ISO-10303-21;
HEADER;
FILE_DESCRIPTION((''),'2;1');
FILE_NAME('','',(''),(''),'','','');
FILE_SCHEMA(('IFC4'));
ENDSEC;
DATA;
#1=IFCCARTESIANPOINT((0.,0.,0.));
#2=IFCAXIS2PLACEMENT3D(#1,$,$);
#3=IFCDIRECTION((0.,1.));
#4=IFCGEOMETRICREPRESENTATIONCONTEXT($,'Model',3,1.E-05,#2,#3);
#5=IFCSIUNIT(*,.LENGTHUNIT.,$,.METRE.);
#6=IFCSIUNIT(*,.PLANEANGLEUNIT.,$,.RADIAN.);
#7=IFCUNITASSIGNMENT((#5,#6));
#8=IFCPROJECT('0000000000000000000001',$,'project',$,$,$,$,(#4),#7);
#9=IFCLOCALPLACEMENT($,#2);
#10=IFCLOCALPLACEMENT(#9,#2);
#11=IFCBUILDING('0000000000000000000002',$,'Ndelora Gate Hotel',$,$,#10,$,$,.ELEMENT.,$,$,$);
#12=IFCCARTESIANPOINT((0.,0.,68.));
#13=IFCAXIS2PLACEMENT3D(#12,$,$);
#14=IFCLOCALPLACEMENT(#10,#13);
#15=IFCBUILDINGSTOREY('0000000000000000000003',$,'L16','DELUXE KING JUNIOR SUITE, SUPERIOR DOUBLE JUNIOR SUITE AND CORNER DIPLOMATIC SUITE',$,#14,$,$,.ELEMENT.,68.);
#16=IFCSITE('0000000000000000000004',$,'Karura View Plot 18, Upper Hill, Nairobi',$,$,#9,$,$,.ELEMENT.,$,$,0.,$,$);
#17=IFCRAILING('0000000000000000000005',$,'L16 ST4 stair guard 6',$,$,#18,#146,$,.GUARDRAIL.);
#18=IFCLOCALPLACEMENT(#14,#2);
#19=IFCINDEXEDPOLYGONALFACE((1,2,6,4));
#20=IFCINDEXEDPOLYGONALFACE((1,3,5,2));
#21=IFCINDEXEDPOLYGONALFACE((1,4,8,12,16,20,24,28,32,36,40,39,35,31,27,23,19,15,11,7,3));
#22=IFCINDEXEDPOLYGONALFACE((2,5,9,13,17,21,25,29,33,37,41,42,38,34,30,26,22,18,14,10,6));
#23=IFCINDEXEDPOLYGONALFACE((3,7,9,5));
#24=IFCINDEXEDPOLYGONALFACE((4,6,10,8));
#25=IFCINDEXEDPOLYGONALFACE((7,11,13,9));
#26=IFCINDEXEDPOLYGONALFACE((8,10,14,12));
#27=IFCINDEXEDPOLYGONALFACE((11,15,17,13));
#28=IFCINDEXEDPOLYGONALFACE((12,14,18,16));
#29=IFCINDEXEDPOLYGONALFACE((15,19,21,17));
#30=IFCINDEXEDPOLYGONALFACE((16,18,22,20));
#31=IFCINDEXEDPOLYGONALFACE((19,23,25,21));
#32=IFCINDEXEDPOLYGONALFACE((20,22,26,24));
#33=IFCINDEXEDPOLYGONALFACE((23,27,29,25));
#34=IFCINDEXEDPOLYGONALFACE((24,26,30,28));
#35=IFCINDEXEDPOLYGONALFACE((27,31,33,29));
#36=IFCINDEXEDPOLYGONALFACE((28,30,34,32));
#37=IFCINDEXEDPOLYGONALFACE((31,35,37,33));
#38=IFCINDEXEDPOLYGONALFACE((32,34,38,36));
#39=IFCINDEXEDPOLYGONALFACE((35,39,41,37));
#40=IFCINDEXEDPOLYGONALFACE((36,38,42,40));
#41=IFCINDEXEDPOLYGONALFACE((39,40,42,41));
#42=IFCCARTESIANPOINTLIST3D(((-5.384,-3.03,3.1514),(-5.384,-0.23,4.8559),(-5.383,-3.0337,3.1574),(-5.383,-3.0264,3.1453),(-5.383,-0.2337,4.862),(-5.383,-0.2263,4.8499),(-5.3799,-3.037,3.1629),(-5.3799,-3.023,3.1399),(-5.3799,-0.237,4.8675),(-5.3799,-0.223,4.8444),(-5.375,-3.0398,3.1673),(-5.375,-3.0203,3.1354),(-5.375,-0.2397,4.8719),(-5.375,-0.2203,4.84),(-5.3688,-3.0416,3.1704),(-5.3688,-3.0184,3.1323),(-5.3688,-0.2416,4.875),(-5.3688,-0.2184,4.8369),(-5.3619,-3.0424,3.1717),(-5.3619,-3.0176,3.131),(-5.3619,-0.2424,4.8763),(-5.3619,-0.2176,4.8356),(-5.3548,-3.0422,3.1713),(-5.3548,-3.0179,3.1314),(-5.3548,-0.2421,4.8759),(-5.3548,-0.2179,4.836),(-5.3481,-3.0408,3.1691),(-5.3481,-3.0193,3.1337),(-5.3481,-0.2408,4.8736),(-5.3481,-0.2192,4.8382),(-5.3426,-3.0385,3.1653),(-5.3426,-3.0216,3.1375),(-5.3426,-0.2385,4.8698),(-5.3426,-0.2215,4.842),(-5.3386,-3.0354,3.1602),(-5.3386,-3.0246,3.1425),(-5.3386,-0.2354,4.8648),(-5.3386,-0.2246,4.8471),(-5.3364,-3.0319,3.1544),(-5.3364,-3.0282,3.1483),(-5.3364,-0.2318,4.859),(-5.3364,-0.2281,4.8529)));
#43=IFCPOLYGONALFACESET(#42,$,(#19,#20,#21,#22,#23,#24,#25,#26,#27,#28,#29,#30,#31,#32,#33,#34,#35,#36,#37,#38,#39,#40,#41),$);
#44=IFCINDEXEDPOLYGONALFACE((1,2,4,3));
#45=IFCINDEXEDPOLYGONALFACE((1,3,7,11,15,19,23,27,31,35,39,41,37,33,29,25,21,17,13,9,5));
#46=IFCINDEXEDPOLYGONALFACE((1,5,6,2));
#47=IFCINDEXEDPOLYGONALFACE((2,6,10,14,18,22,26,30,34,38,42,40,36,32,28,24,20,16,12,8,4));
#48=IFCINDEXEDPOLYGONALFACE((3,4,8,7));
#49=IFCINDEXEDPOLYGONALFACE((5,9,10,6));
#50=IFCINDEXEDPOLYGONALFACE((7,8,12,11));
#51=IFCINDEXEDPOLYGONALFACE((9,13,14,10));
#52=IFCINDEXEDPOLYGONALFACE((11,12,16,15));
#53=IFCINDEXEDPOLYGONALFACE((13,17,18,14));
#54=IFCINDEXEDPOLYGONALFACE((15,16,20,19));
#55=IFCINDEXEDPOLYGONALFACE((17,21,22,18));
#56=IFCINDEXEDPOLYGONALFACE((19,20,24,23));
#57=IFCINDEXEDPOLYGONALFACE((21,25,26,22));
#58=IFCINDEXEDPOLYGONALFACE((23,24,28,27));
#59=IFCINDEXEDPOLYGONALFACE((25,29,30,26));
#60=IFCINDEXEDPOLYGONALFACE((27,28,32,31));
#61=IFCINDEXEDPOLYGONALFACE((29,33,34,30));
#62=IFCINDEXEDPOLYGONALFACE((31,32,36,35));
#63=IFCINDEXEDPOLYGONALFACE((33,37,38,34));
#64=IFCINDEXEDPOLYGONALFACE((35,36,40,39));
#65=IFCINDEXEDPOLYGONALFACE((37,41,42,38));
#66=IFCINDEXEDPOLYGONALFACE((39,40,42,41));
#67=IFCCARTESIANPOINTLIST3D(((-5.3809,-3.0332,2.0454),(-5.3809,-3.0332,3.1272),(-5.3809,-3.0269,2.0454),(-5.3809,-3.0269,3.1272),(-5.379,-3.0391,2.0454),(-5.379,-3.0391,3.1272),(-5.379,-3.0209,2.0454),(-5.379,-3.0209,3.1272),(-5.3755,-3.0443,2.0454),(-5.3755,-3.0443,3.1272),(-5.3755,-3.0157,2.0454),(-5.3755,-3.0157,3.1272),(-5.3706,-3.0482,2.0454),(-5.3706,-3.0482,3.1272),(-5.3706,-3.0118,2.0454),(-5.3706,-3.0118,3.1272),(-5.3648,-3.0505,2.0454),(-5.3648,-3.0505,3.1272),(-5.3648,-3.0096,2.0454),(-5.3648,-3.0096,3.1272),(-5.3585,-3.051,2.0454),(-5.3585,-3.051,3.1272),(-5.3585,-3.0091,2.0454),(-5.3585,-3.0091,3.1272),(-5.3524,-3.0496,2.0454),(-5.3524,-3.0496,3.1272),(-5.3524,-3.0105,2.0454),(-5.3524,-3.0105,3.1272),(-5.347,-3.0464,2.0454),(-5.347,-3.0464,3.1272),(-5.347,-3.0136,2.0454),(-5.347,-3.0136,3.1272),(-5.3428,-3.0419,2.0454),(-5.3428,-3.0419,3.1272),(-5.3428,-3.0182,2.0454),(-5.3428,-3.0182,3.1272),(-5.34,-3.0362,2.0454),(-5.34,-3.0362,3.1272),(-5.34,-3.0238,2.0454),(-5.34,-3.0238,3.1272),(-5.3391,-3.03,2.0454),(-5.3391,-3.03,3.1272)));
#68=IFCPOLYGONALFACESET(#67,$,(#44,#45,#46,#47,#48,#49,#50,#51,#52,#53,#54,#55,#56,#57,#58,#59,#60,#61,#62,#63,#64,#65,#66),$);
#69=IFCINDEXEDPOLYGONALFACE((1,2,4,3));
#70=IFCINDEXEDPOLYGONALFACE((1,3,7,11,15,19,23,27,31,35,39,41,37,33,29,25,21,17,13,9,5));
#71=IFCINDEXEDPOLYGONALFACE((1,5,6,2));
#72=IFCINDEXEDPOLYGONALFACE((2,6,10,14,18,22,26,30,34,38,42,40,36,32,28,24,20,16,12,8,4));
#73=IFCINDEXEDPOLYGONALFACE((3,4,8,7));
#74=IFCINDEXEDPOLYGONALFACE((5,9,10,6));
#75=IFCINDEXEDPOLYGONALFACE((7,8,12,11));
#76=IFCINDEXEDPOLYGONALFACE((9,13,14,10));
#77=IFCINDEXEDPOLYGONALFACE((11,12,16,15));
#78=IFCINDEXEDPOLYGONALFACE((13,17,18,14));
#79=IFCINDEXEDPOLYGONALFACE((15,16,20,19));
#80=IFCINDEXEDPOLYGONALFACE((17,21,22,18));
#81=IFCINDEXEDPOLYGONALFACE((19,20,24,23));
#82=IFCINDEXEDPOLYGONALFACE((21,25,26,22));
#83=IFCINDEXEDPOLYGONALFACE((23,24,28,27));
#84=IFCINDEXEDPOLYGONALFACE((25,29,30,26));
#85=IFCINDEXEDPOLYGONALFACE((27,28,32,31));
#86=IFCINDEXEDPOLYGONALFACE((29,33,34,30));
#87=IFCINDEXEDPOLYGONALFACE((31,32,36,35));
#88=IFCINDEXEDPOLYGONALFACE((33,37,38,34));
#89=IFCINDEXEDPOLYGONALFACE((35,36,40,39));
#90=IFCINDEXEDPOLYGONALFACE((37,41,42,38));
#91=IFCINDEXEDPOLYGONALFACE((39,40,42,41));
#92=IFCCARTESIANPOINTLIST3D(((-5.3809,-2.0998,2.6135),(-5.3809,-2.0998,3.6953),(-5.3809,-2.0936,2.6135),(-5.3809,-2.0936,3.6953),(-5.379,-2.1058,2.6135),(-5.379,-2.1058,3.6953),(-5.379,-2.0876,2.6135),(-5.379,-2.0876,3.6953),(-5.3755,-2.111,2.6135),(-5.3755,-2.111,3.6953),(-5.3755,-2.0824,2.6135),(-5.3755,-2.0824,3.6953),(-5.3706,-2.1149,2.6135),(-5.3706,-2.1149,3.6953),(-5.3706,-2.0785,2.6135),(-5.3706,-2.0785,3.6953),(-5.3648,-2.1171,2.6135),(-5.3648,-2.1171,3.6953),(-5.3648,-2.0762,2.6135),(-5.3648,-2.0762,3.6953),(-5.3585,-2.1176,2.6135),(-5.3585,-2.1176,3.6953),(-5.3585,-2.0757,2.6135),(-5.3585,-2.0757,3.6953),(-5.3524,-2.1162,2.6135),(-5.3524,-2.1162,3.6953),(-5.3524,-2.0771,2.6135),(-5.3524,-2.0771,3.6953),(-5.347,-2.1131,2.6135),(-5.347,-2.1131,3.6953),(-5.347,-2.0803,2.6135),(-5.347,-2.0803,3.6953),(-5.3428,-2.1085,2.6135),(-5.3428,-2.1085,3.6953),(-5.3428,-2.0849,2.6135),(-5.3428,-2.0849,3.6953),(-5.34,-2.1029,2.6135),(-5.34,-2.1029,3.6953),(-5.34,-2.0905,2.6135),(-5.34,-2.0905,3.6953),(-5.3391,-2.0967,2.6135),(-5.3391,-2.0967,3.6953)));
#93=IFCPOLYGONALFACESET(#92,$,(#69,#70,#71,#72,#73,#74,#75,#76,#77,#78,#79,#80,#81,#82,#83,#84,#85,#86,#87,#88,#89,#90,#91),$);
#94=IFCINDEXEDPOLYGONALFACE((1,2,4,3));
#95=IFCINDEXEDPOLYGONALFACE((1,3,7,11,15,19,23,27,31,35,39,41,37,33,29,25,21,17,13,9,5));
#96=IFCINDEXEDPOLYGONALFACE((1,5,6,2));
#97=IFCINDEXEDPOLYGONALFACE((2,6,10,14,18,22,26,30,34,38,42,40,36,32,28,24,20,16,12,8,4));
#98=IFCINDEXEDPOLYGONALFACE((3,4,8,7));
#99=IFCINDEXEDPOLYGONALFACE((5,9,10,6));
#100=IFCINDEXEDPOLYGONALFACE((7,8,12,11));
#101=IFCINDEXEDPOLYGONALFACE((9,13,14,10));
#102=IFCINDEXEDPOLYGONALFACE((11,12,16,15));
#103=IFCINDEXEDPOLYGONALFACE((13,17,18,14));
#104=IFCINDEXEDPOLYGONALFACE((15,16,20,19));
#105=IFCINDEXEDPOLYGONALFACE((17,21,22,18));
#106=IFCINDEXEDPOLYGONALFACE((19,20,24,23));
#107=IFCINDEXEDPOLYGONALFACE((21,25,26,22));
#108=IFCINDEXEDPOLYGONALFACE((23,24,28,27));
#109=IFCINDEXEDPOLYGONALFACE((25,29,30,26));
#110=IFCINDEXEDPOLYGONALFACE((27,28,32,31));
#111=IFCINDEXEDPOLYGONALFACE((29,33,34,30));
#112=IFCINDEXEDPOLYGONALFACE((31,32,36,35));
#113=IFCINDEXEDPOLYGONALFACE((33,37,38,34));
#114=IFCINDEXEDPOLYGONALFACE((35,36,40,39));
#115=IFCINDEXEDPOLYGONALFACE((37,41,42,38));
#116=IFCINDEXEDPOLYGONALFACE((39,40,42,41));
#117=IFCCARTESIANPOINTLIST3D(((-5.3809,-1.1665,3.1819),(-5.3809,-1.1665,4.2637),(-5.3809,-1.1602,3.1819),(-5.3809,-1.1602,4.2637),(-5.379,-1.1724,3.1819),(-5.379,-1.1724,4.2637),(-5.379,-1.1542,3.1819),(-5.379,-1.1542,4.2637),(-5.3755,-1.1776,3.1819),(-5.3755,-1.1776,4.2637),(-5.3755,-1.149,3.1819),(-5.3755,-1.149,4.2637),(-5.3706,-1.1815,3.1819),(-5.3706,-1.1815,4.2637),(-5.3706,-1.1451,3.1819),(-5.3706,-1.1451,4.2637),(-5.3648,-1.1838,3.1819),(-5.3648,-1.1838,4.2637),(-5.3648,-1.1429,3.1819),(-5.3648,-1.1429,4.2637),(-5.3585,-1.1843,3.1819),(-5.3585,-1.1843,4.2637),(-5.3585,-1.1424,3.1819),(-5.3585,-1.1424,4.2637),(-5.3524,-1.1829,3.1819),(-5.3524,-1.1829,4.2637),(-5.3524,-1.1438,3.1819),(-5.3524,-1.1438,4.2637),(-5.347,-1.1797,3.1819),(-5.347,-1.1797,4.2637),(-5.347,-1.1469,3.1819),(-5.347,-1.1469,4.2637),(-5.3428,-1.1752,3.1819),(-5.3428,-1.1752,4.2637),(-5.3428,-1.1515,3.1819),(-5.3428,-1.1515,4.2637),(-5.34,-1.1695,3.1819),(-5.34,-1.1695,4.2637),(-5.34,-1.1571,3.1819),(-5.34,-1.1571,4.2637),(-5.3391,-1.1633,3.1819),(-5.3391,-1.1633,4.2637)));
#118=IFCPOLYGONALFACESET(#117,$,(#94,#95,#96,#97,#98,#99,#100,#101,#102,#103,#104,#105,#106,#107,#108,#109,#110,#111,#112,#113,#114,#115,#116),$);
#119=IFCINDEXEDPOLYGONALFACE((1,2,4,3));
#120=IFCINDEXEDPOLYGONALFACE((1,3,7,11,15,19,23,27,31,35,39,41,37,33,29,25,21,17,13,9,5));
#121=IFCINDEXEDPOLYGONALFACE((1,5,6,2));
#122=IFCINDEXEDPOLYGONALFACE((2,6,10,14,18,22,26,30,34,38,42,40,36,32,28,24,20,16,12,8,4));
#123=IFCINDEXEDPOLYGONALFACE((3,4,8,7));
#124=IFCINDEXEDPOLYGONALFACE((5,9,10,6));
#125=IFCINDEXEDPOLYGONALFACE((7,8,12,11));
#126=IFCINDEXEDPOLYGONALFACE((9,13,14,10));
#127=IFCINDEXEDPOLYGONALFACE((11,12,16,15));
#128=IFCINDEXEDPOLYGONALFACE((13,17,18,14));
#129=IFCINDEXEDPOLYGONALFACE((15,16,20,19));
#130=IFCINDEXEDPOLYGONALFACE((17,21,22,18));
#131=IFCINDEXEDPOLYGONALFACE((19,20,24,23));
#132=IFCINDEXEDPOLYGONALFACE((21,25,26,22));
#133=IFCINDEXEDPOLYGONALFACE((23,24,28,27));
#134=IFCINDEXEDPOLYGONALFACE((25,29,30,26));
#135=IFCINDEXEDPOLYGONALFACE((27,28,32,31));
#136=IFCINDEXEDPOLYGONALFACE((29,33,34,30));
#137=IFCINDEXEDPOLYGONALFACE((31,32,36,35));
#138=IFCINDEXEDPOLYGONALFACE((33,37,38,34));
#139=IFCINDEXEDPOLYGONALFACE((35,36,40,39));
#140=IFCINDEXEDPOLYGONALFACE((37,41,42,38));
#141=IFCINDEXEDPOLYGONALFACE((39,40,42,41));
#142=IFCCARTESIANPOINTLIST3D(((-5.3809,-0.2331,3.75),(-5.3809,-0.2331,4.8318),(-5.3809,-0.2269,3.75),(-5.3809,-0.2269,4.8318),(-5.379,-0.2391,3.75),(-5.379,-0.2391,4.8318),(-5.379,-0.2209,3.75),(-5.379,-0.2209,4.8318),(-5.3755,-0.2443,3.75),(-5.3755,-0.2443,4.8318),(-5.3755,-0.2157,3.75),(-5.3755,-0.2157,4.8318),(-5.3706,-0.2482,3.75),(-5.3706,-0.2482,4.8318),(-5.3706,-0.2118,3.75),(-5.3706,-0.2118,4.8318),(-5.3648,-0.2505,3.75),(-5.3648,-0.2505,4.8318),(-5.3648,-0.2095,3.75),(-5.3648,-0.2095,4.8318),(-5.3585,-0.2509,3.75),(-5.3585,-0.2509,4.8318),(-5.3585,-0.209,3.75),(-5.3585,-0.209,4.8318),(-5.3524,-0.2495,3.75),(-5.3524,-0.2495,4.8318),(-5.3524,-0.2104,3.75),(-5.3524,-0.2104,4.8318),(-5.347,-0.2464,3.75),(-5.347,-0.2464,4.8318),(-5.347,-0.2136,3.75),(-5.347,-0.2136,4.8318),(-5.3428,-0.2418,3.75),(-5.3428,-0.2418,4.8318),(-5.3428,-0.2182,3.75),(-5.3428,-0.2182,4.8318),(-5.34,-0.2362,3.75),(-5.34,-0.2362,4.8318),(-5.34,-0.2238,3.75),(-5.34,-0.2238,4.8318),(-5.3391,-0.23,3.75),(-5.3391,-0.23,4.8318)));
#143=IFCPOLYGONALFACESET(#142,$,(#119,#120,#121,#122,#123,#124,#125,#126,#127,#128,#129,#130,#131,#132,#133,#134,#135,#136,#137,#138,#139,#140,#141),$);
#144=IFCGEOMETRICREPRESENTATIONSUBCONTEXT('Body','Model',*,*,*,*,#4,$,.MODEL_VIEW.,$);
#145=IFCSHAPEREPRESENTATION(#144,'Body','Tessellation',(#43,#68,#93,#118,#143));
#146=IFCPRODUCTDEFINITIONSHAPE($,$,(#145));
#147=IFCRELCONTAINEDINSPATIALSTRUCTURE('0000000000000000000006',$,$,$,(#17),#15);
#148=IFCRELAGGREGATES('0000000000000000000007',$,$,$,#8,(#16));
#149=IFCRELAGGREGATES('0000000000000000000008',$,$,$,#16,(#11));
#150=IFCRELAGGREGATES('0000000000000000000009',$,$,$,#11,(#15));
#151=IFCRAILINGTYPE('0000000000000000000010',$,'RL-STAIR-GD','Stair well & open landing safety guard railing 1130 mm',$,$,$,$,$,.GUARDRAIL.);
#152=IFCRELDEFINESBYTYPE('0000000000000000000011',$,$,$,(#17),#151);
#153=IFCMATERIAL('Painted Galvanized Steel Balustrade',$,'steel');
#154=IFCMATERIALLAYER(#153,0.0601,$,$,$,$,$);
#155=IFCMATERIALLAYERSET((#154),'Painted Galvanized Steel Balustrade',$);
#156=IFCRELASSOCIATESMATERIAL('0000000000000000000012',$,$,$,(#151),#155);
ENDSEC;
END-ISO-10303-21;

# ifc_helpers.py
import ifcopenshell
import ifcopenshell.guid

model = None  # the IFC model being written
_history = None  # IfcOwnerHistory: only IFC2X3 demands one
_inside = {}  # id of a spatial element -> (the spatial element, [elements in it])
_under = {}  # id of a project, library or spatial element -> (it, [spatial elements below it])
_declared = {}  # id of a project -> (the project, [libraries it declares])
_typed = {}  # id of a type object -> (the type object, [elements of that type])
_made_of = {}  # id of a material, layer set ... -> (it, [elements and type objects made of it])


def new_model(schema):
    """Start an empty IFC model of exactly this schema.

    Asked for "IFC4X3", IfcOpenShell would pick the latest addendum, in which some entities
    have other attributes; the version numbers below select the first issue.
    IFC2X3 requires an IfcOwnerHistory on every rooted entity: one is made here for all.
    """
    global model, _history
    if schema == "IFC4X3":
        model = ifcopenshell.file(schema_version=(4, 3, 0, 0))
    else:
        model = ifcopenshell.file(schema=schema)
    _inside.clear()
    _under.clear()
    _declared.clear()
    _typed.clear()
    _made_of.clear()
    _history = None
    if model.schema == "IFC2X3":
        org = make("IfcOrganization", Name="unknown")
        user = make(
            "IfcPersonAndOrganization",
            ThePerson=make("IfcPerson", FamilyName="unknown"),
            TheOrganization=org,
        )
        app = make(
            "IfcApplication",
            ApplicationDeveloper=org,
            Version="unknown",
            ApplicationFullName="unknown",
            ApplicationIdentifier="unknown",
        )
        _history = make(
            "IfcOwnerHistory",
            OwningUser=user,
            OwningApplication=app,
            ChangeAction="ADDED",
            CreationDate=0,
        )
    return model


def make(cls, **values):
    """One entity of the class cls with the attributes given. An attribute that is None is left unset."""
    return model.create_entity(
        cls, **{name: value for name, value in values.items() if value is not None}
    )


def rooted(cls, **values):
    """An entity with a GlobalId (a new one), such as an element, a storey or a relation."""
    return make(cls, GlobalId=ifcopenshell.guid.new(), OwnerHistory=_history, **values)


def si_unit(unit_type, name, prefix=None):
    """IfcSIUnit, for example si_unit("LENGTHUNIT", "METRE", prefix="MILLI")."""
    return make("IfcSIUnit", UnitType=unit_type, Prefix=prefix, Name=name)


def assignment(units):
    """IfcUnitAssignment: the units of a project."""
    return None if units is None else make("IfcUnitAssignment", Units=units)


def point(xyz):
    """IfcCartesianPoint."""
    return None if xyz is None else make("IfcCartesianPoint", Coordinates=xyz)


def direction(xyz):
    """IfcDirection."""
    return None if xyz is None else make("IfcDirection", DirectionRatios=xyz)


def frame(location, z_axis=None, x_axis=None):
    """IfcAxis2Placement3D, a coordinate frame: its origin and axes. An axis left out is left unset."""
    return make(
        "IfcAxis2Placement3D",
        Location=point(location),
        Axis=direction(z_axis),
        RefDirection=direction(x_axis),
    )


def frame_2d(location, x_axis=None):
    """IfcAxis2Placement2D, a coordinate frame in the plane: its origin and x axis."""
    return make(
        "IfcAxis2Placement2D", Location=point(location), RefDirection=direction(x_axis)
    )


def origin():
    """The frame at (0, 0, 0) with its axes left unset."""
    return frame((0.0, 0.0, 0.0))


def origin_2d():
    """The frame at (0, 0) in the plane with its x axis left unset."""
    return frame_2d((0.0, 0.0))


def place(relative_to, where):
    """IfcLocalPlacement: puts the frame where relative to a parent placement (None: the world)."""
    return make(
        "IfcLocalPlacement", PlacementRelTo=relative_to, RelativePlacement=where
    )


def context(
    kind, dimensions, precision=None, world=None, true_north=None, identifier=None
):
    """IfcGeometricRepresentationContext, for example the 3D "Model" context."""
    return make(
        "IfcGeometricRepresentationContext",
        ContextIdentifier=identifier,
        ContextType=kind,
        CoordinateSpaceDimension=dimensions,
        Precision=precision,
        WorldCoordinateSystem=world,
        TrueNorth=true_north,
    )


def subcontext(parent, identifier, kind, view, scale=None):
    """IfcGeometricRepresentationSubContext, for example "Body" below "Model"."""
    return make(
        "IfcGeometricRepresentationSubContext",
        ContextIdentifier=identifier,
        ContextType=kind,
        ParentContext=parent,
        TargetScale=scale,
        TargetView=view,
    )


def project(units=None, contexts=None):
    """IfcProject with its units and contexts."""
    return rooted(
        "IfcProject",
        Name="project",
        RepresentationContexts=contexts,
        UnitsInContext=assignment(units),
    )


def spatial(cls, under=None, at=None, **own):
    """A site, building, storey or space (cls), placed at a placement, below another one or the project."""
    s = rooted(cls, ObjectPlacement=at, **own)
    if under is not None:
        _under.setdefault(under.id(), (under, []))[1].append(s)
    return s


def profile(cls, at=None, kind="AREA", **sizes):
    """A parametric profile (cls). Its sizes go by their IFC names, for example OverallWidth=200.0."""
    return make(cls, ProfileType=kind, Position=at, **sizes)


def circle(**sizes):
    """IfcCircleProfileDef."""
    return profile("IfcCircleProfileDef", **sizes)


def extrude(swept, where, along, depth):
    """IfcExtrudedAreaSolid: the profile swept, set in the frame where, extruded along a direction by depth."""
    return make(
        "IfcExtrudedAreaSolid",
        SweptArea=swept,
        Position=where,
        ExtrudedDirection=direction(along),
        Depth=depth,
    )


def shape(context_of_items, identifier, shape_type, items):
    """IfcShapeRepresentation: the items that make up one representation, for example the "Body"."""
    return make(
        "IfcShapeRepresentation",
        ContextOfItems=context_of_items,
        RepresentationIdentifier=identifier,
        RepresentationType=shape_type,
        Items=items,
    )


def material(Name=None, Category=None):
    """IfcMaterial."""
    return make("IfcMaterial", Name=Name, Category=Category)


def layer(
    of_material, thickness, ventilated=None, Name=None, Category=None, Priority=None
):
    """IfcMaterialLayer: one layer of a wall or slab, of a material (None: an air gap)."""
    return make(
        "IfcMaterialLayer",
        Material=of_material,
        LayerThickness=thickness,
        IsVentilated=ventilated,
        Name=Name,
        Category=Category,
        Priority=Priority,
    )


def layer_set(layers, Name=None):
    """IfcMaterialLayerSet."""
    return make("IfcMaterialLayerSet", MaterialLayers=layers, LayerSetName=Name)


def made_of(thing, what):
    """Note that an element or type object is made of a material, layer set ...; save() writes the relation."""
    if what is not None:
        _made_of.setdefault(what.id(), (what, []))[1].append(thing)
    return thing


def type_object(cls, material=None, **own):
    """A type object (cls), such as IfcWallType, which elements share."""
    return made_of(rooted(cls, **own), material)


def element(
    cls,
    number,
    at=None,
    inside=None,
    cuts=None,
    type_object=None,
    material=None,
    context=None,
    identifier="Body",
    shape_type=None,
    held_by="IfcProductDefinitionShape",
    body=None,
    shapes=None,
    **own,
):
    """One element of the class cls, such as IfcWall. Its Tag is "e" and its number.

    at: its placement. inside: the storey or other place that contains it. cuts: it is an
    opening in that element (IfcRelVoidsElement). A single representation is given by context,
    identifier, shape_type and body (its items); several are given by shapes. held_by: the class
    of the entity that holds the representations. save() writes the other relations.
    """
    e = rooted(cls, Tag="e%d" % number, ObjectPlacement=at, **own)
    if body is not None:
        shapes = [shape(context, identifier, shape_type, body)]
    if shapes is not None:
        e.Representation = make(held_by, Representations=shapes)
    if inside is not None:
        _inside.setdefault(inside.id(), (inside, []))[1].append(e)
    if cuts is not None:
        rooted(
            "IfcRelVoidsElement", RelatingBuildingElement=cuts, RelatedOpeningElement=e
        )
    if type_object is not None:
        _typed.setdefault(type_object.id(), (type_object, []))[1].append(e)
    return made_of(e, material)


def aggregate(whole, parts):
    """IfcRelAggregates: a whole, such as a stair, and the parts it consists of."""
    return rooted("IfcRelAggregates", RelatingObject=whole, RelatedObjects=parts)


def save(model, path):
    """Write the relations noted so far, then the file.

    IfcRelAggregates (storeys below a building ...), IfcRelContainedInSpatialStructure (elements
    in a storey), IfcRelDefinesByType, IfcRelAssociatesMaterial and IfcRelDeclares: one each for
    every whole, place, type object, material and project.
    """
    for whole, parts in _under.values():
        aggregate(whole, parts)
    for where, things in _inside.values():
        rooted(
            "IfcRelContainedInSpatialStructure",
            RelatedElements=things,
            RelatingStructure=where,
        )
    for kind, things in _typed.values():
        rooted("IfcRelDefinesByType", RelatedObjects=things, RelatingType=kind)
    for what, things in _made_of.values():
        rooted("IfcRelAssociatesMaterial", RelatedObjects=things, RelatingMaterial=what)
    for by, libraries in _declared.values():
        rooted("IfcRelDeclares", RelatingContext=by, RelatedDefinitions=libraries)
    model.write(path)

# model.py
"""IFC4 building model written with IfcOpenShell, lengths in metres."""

from ifc_helpers import new_model, si_unit, direction, frame, origin, origin_2d, place, context, subcontext, project, spatial, circle, extrude, material, layer, layer_set, type_object, element, save


model = new_model("IFC4")

# Units and contexts
model_context = context("Model", 3, precision=1e-05, world=origin(), true_north=direction((0.0, 1.0)))
body_context = subcontext(model_context, "Body", "Model", "MODEL_VIEW")
ifc_project = project(units=[si_unit("LENGTHUNIT", "METRE"), si_unit("PLANEANGLEUNIT", "RADIAN")], contexts=[model_context])

# Site, building, storey
site_placement = place(None, origin())
site = spatial("IfcSite", under=ifc_project, at=site_placement, Name="Karura View Plot 18, Upper Hill, Nairobi", CompositionType="ELEMENT", RefElevation=0.0)
building_placement = place(site_placement, origin())
building = spatial("IfcBuilding", under=site, at=building_placement, Name="Ndelora Gate Hotel", CompositionType="ELEMENT")
storey_placement = place(building_placement, frame((0.0, 0.0, 68.0)))
storey = spatial("IfcBuildingStorey", under=building, at=storey_placement, Name="L16", Description="DELUXE KING JUNIOR SUITE, SUPERIOR DOUBLE JUNIOR SUITE AND CORNER DIPLOMATIC SUITE", CompositionType="ELEMENT", Elevation=68.0)

# Railing
ifc_material_1 = material(Name="Painted Galvanized Steel Balustrade", Category="steel")
ifc_layer_1 = layer(ifc_material_1, 0.0601)
ifc_layer_set_1 = layer_set([ifc_layer_1], Name="Painted Galvanized Steel Balustrade")
railing_type_1 = type_object("IfcRailingType", Name="RL-STAIR-GD", Description="Stair well & open landing safety guard railing 1130 mm", PredefinedType="GUARDRAIL", material=ifc_layer_set_1)
railing_1_placement = place(storey_placement, frame((-5.3601, -3.03, 2.0454)))
element("IfcRailing", 1, at=railing_1_placement, inside=storey, type_object=railing_type_1, Name="L16 ST4 stair guard 6", PredefinedType="GUARDRAIL", context=body_context, shape_type="SweptSolid", body=[
    extrude(circle(Radius=0.0239, at=origin_2d()), frame((0.0, 0.0, 1.106), z_axis=(0.0, 0.85417, 0.519994), x_axis=(-1.0, 0.0, 0.0)), (0.0, 0.0, 1.0), 3.2781),
    extrude(circle(Radius=0.021, at=origin_2d()), origin(), (0.0, 0.0, 1.0), 1.0818),
    extrude(circle(Radius=0.021, at=origin_2d()), frame((0.0, 0.9333, 0.5681)), (0.0, 0.0, 1.0), 1.0818),
    extrude(circle(Radius=0.021, at=origin_2d()), frame((0.0, 1.8667, 1.1365)), (0.0, 0.0, 1.0), 1.0818),
    extrude(circle(Radius=0.021, at=origin_2d()), frame((0.0, 2.8, 1.7046)), (0.0, 0.0, 1.0), 1.0818),
])

save(model, "model.ifc")
